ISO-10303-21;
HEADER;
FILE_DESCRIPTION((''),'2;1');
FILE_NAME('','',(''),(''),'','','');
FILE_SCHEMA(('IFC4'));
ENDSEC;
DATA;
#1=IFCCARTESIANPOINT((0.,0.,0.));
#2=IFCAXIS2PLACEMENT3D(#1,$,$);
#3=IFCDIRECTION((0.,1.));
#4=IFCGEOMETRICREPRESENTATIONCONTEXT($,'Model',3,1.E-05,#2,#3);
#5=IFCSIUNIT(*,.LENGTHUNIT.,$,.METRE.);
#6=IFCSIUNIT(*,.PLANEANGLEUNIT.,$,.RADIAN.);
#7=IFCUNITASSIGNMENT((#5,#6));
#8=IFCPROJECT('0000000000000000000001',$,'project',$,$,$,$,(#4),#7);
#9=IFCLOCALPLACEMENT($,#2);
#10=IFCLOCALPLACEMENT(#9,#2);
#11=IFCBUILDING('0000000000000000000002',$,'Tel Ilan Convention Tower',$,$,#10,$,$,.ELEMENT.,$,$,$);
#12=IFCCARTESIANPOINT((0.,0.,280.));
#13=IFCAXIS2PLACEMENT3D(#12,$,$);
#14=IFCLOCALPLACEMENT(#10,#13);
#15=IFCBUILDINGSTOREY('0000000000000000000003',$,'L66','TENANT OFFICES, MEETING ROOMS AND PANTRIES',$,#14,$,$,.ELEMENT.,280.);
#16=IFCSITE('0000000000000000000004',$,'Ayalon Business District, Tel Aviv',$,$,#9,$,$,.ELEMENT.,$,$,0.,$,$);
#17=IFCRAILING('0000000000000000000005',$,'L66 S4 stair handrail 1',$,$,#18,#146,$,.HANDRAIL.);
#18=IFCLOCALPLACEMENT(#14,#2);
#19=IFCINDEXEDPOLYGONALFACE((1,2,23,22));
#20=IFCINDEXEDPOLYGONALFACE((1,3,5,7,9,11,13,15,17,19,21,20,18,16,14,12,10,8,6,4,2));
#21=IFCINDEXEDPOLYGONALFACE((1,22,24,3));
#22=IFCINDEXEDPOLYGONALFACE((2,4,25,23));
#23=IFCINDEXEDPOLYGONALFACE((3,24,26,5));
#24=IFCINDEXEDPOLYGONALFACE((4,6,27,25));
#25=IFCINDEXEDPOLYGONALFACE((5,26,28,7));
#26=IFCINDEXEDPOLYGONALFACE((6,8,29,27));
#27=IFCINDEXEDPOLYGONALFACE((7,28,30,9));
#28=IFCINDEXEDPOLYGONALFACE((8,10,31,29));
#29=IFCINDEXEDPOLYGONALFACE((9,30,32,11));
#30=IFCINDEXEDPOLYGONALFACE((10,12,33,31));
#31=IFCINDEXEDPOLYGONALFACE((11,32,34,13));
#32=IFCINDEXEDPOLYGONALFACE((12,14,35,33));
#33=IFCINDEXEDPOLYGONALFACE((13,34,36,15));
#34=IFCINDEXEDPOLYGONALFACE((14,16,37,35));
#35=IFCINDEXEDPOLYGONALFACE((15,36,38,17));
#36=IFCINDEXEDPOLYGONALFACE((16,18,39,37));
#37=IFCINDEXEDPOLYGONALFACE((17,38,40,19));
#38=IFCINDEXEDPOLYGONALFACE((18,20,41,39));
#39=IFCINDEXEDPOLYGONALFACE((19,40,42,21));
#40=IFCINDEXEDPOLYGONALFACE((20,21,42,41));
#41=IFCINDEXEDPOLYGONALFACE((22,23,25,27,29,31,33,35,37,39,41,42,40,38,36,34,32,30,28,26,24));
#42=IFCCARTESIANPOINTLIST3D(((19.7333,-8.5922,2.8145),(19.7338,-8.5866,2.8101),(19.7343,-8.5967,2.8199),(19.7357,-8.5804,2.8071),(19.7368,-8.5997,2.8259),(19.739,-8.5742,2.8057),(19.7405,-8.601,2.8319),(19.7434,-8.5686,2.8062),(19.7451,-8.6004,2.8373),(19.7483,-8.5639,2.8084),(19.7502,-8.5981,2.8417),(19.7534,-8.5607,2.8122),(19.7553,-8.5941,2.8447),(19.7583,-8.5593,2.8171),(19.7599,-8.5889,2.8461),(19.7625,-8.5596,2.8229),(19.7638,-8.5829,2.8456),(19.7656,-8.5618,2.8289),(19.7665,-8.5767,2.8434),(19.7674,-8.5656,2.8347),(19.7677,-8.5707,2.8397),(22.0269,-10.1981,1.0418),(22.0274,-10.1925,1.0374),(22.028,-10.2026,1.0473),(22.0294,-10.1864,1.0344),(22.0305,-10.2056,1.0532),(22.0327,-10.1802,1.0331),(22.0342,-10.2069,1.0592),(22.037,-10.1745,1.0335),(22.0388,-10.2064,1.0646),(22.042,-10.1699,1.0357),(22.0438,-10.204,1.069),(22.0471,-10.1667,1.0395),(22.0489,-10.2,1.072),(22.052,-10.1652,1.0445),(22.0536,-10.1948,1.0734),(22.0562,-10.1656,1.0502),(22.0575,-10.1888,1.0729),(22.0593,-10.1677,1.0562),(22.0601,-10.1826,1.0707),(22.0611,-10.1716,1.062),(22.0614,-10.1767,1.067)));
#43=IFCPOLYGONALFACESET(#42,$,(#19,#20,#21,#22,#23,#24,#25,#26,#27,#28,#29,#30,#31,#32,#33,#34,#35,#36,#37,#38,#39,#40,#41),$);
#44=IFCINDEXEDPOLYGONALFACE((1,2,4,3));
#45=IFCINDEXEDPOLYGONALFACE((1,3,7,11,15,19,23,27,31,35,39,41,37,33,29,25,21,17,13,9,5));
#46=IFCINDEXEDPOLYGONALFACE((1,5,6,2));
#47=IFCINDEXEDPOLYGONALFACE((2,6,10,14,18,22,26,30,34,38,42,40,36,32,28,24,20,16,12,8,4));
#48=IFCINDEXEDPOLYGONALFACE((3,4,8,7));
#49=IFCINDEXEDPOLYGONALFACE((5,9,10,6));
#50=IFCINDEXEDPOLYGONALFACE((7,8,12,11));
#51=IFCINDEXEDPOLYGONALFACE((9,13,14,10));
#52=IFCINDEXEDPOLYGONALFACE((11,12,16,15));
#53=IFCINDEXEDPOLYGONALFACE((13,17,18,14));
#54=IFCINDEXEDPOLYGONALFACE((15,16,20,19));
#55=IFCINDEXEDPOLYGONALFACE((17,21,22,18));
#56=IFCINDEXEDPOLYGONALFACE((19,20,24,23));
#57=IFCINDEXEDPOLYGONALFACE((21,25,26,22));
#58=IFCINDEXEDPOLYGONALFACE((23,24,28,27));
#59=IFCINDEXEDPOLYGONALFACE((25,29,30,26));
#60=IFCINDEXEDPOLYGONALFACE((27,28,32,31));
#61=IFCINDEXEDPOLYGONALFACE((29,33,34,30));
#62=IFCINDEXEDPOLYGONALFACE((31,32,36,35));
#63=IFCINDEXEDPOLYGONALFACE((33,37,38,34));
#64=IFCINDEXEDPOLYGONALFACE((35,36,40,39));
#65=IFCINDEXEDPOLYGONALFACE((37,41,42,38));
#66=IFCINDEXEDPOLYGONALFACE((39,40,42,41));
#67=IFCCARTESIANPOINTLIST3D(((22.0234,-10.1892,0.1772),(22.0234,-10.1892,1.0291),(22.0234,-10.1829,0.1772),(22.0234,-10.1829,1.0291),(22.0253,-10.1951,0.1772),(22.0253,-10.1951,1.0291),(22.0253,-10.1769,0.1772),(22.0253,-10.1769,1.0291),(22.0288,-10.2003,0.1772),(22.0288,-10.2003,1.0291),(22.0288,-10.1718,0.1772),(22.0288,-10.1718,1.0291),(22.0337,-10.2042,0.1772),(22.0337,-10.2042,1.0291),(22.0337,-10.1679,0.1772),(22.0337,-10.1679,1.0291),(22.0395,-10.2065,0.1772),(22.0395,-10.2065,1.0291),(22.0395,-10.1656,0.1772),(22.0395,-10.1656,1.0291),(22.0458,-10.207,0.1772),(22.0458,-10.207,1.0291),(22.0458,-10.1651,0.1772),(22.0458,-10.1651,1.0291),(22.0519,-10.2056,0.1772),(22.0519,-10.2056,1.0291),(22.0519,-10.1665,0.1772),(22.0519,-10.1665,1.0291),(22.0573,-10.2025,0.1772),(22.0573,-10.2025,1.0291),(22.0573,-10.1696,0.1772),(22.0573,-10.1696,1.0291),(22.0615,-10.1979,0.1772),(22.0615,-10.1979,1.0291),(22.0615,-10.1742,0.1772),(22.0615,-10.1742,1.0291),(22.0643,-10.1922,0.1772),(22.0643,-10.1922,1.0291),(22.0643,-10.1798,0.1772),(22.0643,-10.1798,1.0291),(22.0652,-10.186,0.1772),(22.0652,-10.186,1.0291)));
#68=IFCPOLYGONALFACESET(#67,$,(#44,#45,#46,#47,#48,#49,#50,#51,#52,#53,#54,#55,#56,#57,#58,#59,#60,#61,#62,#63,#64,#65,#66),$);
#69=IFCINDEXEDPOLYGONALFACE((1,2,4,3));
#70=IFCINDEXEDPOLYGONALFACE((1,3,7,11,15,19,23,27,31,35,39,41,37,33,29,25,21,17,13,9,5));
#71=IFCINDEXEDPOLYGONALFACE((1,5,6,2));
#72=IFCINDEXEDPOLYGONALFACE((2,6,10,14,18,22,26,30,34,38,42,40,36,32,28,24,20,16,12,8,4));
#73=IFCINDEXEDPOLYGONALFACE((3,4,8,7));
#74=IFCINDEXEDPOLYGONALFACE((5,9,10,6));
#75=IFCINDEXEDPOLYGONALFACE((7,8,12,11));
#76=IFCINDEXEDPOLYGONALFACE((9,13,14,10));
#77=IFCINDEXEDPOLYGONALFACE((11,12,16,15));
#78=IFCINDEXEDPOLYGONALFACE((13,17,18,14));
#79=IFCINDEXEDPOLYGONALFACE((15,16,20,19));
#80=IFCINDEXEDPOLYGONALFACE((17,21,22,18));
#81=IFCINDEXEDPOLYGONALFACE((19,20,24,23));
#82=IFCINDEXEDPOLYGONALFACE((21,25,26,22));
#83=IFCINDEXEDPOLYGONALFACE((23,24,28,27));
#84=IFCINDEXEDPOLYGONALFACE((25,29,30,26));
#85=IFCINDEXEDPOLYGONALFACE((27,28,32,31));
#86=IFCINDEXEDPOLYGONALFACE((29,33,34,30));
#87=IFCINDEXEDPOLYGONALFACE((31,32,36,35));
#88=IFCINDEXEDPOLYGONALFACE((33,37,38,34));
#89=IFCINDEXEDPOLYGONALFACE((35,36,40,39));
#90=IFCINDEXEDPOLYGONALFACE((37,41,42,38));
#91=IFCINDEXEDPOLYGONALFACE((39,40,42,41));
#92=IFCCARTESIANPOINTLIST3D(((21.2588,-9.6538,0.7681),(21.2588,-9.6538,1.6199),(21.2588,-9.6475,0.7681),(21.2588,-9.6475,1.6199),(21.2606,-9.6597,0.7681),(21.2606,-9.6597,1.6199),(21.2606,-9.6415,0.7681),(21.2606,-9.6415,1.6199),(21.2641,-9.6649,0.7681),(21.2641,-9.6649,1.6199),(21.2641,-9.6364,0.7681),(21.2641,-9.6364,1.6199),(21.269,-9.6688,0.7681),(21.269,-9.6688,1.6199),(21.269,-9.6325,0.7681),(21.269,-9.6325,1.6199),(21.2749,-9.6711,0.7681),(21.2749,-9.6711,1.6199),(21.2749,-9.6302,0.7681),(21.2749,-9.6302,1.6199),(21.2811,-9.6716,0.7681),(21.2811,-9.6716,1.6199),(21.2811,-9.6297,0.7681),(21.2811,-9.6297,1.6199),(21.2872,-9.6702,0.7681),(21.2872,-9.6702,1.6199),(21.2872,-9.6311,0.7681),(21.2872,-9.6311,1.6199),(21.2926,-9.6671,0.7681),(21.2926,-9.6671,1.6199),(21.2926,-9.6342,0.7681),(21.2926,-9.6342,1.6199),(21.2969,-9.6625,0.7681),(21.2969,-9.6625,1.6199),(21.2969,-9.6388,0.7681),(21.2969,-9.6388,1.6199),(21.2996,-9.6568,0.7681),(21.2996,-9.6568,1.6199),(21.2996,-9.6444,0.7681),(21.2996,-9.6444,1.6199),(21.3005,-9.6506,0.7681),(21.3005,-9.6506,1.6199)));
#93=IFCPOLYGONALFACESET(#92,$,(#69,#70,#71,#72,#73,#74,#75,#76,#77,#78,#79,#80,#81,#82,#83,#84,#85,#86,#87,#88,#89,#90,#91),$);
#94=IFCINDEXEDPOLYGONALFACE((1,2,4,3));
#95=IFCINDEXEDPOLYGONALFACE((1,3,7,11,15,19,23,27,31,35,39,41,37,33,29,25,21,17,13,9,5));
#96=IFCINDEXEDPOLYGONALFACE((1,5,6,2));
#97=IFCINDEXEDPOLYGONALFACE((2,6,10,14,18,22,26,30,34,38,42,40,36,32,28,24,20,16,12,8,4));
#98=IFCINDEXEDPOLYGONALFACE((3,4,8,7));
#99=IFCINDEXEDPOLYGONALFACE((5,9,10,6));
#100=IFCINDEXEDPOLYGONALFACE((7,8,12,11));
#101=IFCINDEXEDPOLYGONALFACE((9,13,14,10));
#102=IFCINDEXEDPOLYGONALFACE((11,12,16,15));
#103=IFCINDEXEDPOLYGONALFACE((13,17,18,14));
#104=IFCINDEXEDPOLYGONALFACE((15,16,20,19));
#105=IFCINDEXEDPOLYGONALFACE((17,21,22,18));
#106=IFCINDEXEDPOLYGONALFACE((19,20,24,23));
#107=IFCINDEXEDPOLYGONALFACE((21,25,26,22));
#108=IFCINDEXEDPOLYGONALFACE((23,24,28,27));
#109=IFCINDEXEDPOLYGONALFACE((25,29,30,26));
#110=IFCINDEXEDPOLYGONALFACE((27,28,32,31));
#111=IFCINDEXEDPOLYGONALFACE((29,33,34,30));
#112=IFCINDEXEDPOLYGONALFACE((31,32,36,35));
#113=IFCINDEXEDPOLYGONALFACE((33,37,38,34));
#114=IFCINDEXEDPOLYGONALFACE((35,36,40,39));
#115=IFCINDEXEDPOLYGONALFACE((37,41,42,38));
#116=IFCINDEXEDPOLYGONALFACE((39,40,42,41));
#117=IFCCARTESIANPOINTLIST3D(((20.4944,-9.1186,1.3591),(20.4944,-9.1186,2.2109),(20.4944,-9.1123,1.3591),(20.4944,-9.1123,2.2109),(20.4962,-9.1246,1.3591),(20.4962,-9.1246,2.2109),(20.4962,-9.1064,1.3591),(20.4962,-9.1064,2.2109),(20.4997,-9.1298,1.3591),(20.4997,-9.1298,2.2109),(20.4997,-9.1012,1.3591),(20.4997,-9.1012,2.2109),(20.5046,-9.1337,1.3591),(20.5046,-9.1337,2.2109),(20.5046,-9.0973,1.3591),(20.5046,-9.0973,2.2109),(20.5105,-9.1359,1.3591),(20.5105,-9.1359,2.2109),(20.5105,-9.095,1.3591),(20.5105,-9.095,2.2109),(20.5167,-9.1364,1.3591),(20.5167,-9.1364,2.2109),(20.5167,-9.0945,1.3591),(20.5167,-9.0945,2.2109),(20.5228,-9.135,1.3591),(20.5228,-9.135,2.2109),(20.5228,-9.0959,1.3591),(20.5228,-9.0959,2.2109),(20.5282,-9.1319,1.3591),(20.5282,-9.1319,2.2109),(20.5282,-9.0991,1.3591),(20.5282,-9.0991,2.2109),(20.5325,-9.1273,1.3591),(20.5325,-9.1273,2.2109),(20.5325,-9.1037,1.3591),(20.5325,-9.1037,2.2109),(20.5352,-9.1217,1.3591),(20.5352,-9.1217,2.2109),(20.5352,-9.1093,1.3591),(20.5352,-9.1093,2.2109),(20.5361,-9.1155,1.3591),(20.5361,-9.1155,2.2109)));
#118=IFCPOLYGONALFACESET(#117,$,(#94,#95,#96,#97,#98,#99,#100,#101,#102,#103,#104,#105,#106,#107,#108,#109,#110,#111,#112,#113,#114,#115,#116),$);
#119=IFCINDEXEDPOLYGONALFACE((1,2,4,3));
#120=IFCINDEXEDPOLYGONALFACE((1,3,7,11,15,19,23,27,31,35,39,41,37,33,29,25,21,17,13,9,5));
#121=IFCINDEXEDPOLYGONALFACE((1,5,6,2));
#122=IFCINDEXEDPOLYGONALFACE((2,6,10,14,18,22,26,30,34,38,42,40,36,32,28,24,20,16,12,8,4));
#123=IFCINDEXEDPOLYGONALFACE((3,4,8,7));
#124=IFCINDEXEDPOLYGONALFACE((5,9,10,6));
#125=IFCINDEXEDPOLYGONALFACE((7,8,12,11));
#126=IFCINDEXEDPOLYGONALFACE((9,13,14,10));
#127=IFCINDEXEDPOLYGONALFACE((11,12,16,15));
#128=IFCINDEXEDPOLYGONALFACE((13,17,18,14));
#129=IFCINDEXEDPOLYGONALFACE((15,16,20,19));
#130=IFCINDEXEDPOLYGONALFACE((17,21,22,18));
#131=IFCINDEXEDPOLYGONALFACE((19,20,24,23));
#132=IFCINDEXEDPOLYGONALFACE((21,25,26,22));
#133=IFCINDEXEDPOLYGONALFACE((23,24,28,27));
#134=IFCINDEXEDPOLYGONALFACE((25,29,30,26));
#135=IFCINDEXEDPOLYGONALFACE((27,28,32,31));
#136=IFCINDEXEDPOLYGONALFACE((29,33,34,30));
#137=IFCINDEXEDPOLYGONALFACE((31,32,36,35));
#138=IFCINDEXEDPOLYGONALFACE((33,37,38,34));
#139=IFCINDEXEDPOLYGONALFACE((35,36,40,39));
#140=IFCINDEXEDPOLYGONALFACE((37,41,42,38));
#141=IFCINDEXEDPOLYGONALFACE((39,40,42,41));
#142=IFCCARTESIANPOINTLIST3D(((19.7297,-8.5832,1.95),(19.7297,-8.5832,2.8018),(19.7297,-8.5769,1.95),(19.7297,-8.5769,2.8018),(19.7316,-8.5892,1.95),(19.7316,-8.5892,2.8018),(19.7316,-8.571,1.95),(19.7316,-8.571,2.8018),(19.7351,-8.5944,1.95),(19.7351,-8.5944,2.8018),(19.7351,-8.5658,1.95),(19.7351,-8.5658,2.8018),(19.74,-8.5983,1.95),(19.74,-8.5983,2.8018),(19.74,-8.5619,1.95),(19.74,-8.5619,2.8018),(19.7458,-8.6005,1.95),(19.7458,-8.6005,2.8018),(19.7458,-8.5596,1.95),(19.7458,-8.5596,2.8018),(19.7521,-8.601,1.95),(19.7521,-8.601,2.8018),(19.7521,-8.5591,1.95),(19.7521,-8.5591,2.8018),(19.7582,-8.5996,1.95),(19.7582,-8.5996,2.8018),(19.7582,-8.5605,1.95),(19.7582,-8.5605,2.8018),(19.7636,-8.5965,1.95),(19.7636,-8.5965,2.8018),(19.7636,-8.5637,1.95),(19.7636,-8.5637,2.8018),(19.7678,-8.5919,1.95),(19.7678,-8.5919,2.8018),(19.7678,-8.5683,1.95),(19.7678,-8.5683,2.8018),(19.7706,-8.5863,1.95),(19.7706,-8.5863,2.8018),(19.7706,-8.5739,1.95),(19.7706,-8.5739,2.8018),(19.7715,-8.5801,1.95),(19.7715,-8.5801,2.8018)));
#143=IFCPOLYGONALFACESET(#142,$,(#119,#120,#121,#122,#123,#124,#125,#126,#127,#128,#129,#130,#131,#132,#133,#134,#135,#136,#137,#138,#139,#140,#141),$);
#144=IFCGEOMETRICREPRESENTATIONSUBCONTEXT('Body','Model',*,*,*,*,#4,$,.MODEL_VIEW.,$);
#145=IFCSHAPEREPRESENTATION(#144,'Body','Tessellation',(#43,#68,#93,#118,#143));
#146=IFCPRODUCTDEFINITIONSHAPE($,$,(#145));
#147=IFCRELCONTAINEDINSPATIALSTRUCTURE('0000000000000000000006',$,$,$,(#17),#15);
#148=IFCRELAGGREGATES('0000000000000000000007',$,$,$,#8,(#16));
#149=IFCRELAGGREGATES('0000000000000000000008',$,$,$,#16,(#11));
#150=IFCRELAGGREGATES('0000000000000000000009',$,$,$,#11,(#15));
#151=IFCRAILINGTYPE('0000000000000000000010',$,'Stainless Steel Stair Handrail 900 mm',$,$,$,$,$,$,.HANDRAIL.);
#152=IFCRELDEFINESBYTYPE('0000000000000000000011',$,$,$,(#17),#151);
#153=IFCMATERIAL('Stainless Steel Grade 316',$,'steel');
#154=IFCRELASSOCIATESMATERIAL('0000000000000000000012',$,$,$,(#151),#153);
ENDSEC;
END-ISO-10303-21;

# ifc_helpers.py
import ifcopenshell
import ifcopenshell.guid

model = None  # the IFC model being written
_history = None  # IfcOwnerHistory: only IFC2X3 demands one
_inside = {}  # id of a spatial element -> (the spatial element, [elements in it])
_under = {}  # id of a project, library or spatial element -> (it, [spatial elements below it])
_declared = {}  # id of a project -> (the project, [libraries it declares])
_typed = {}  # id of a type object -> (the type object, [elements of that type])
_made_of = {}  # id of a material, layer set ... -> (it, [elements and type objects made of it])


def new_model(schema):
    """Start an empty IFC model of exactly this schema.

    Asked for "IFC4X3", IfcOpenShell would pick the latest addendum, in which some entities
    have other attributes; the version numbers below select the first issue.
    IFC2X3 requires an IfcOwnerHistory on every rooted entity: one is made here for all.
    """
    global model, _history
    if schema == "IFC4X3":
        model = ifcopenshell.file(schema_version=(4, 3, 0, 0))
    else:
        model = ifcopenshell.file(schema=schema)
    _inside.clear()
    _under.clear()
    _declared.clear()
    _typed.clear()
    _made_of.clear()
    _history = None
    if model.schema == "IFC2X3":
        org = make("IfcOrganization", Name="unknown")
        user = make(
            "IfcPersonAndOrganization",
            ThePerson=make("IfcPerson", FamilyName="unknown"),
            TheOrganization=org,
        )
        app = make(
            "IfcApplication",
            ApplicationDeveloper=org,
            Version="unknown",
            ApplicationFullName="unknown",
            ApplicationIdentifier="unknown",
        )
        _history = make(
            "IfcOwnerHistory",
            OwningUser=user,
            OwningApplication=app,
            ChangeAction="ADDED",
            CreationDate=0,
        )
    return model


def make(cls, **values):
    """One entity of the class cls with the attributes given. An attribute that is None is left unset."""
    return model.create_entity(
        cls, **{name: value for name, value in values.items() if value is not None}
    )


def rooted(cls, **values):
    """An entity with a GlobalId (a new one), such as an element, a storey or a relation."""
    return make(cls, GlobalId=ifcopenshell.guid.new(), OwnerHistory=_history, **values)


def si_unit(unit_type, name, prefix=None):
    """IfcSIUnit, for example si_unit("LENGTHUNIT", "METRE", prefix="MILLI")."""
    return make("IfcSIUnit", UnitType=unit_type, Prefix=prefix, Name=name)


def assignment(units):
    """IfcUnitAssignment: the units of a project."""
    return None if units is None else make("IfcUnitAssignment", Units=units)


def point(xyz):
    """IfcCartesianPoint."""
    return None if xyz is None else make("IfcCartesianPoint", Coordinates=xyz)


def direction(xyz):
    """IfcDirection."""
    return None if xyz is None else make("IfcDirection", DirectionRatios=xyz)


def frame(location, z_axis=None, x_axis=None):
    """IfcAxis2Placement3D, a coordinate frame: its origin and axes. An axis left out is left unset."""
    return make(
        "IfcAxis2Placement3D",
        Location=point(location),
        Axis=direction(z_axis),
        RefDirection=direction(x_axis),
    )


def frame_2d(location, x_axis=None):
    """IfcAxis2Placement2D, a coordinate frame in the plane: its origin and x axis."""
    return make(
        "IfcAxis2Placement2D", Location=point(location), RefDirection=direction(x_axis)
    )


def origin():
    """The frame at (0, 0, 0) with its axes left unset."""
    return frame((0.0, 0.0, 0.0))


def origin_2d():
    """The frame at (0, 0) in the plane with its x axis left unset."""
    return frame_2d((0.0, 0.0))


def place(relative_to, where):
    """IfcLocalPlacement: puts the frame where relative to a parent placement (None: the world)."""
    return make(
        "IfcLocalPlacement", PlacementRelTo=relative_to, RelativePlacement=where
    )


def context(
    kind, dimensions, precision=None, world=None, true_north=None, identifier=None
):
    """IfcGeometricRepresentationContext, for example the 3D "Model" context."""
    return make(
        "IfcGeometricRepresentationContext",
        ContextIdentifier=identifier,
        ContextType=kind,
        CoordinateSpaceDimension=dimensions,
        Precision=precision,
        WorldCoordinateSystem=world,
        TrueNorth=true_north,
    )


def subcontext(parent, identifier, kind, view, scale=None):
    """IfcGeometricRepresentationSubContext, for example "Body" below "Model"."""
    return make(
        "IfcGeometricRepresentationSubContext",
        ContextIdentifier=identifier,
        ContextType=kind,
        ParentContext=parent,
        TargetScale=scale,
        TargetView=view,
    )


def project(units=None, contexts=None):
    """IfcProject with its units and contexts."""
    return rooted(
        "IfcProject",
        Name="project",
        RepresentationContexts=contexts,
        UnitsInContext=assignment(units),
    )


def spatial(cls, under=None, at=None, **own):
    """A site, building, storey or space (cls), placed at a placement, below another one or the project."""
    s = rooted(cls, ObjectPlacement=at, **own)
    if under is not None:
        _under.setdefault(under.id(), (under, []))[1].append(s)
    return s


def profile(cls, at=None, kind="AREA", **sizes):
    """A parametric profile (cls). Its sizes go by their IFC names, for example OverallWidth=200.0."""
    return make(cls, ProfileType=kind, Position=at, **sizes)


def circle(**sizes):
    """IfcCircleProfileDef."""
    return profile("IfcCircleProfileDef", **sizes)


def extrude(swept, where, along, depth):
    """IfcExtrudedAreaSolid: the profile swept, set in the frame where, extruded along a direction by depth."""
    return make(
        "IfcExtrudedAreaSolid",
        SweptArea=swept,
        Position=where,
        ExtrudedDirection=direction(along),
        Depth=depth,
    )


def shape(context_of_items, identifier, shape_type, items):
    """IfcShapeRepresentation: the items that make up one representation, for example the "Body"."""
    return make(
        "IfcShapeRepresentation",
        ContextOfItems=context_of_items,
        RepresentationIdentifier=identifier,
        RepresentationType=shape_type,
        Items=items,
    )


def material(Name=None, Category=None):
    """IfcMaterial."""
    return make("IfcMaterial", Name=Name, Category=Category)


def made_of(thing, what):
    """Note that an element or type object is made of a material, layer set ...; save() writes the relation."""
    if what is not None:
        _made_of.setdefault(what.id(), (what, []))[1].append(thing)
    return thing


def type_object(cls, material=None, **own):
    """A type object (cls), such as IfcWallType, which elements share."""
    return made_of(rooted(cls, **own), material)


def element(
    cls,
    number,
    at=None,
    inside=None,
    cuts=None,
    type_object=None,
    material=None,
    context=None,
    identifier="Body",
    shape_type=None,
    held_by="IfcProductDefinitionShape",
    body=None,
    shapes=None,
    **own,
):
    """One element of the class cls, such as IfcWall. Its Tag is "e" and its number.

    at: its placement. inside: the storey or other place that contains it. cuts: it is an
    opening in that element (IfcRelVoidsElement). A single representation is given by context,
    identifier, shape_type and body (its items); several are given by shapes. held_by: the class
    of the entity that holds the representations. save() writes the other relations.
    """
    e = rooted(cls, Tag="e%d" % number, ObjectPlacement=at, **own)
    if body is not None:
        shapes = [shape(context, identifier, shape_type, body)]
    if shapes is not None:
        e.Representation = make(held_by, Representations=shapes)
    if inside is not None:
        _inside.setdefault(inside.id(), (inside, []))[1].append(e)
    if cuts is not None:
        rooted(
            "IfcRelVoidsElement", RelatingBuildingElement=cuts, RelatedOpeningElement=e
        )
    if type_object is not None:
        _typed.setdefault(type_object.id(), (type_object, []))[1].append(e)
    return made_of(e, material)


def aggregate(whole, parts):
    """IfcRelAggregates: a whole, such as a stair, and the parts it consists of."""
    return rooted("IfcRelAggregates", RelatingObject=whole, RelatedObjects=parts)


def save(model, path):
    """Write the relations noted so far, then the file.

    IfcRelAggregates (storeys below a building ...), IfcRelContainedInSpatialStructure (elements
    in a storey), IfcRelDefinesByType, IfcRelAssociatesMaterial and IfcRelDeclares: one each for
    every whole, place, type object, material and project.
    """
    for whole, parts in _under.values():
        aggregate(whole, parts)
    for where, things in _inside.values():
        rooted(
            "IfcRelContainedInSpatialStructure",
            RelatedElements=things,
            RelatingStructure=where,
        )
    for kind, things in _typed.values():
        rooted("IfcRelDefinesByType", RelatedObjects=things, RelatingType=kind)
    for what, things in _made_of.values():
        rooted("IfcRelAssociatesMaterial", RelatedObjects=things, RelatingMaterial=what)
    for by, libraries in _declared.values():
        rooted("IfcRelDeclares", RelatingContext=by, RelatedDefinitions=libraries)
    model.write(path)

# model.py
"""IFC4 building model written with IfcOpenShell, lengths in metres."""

from ifc_helpers import new_model, si_unit, direction, frame, origin, origin_2d, place, context, subcontext, project, spatial, circle, extrude, material, type_object, element, save


model = new_model("IFC4")

# Units and contexts
model_context = context("Model", 3, precision=1e-05, world=origin(), true_north=direction((0.0, 1.0)))
body_context = subcontext(model_context, "Body", "Model", "MODEL_VIEW")
ifc_project = project(units=[si_unit("LENGTHUNIT", "METRE"), si_unit("PLANEANGLEUNIT", "RADIAN")], contexts=[model_context])

# Site, building, storey
site_placement = place(None, origin())
site = spatial("IfcSite", under=ifc_project, at=site_placement, Name="Ayalon Business District, Tel Aviv", CompositionType="ELEMENT", RefElevation=0.0)
building_placement = place(site_placement, origin())
building = spatial("IfcBuilding", under=site, at=building_placement, Name="Tel Ilan Convention Tower", CompositionType="ELEMENT")
storey_placement = place(building_placement, frame((0.0, 0.0, 280.0)))
storey = spatial("IfcBuildingStorey", under=building, at=storey_placement, Name="L66", Description="TENANT OFFICES, MEETING ROOMS AND PANTRIES", CompositionType="ELEMENT", Elevation=280.0)

# Railing
ifc_material_1 = material(Name="Stainless Steel Grade 316", Category="steel")
railing_type_1 = type_object("IfcRailingType", Name="Stainless Steel Stair Handrail 900 mm", PredefinedType="HANDRAIL", material=ifc_material_1)
for number, where, name in (
    (1, (22.0442, -10.186, 0.1772), "L66 S4 stair handrail 1"),
):
    element("IfcRailing", number, at=place(storey_placement, frame(where)), inside=storey, type_object=railing_type_1, Name=name, PredefinedType="HANDRAIL", context=body_context, shape_type="SweptSolid", body=[
        extrude(circle(Radius=0.0239, at=origin_2d()), frame((0.0, 0.0, 0.876), z_axis=(-0.692123, 0.484597, 0.534913), x_axis=(-0.57355, -0.81917, 0.0)), (0.0, 0.0, 1.0), 3.314),
        extrude(circle(Radius=0.021, at=origin_2d()), origin(), (0.0, 0.0, 1.0), 0.8518),
        extrude(circle(Radius=0.021, at=origin_2d()), frame((-0.7646, 0.5354, 0.5908)), (0.0, 0.0, 1.0), 0.8518),
        extrude(circle(Radius=0.021, at=origin_2d()), frame((-1.5291, 1.0706, 1.1819)), (0.0, 0.0, 1.0), 0.8518),
        extrude(circle(Radius=0.021, at=origin_2d()), frame((-2.2937, 1.606, 1.7727)), (0.0, 0.0, 1.0), 0.8518),
    ])

save(model, "model.ifc")
